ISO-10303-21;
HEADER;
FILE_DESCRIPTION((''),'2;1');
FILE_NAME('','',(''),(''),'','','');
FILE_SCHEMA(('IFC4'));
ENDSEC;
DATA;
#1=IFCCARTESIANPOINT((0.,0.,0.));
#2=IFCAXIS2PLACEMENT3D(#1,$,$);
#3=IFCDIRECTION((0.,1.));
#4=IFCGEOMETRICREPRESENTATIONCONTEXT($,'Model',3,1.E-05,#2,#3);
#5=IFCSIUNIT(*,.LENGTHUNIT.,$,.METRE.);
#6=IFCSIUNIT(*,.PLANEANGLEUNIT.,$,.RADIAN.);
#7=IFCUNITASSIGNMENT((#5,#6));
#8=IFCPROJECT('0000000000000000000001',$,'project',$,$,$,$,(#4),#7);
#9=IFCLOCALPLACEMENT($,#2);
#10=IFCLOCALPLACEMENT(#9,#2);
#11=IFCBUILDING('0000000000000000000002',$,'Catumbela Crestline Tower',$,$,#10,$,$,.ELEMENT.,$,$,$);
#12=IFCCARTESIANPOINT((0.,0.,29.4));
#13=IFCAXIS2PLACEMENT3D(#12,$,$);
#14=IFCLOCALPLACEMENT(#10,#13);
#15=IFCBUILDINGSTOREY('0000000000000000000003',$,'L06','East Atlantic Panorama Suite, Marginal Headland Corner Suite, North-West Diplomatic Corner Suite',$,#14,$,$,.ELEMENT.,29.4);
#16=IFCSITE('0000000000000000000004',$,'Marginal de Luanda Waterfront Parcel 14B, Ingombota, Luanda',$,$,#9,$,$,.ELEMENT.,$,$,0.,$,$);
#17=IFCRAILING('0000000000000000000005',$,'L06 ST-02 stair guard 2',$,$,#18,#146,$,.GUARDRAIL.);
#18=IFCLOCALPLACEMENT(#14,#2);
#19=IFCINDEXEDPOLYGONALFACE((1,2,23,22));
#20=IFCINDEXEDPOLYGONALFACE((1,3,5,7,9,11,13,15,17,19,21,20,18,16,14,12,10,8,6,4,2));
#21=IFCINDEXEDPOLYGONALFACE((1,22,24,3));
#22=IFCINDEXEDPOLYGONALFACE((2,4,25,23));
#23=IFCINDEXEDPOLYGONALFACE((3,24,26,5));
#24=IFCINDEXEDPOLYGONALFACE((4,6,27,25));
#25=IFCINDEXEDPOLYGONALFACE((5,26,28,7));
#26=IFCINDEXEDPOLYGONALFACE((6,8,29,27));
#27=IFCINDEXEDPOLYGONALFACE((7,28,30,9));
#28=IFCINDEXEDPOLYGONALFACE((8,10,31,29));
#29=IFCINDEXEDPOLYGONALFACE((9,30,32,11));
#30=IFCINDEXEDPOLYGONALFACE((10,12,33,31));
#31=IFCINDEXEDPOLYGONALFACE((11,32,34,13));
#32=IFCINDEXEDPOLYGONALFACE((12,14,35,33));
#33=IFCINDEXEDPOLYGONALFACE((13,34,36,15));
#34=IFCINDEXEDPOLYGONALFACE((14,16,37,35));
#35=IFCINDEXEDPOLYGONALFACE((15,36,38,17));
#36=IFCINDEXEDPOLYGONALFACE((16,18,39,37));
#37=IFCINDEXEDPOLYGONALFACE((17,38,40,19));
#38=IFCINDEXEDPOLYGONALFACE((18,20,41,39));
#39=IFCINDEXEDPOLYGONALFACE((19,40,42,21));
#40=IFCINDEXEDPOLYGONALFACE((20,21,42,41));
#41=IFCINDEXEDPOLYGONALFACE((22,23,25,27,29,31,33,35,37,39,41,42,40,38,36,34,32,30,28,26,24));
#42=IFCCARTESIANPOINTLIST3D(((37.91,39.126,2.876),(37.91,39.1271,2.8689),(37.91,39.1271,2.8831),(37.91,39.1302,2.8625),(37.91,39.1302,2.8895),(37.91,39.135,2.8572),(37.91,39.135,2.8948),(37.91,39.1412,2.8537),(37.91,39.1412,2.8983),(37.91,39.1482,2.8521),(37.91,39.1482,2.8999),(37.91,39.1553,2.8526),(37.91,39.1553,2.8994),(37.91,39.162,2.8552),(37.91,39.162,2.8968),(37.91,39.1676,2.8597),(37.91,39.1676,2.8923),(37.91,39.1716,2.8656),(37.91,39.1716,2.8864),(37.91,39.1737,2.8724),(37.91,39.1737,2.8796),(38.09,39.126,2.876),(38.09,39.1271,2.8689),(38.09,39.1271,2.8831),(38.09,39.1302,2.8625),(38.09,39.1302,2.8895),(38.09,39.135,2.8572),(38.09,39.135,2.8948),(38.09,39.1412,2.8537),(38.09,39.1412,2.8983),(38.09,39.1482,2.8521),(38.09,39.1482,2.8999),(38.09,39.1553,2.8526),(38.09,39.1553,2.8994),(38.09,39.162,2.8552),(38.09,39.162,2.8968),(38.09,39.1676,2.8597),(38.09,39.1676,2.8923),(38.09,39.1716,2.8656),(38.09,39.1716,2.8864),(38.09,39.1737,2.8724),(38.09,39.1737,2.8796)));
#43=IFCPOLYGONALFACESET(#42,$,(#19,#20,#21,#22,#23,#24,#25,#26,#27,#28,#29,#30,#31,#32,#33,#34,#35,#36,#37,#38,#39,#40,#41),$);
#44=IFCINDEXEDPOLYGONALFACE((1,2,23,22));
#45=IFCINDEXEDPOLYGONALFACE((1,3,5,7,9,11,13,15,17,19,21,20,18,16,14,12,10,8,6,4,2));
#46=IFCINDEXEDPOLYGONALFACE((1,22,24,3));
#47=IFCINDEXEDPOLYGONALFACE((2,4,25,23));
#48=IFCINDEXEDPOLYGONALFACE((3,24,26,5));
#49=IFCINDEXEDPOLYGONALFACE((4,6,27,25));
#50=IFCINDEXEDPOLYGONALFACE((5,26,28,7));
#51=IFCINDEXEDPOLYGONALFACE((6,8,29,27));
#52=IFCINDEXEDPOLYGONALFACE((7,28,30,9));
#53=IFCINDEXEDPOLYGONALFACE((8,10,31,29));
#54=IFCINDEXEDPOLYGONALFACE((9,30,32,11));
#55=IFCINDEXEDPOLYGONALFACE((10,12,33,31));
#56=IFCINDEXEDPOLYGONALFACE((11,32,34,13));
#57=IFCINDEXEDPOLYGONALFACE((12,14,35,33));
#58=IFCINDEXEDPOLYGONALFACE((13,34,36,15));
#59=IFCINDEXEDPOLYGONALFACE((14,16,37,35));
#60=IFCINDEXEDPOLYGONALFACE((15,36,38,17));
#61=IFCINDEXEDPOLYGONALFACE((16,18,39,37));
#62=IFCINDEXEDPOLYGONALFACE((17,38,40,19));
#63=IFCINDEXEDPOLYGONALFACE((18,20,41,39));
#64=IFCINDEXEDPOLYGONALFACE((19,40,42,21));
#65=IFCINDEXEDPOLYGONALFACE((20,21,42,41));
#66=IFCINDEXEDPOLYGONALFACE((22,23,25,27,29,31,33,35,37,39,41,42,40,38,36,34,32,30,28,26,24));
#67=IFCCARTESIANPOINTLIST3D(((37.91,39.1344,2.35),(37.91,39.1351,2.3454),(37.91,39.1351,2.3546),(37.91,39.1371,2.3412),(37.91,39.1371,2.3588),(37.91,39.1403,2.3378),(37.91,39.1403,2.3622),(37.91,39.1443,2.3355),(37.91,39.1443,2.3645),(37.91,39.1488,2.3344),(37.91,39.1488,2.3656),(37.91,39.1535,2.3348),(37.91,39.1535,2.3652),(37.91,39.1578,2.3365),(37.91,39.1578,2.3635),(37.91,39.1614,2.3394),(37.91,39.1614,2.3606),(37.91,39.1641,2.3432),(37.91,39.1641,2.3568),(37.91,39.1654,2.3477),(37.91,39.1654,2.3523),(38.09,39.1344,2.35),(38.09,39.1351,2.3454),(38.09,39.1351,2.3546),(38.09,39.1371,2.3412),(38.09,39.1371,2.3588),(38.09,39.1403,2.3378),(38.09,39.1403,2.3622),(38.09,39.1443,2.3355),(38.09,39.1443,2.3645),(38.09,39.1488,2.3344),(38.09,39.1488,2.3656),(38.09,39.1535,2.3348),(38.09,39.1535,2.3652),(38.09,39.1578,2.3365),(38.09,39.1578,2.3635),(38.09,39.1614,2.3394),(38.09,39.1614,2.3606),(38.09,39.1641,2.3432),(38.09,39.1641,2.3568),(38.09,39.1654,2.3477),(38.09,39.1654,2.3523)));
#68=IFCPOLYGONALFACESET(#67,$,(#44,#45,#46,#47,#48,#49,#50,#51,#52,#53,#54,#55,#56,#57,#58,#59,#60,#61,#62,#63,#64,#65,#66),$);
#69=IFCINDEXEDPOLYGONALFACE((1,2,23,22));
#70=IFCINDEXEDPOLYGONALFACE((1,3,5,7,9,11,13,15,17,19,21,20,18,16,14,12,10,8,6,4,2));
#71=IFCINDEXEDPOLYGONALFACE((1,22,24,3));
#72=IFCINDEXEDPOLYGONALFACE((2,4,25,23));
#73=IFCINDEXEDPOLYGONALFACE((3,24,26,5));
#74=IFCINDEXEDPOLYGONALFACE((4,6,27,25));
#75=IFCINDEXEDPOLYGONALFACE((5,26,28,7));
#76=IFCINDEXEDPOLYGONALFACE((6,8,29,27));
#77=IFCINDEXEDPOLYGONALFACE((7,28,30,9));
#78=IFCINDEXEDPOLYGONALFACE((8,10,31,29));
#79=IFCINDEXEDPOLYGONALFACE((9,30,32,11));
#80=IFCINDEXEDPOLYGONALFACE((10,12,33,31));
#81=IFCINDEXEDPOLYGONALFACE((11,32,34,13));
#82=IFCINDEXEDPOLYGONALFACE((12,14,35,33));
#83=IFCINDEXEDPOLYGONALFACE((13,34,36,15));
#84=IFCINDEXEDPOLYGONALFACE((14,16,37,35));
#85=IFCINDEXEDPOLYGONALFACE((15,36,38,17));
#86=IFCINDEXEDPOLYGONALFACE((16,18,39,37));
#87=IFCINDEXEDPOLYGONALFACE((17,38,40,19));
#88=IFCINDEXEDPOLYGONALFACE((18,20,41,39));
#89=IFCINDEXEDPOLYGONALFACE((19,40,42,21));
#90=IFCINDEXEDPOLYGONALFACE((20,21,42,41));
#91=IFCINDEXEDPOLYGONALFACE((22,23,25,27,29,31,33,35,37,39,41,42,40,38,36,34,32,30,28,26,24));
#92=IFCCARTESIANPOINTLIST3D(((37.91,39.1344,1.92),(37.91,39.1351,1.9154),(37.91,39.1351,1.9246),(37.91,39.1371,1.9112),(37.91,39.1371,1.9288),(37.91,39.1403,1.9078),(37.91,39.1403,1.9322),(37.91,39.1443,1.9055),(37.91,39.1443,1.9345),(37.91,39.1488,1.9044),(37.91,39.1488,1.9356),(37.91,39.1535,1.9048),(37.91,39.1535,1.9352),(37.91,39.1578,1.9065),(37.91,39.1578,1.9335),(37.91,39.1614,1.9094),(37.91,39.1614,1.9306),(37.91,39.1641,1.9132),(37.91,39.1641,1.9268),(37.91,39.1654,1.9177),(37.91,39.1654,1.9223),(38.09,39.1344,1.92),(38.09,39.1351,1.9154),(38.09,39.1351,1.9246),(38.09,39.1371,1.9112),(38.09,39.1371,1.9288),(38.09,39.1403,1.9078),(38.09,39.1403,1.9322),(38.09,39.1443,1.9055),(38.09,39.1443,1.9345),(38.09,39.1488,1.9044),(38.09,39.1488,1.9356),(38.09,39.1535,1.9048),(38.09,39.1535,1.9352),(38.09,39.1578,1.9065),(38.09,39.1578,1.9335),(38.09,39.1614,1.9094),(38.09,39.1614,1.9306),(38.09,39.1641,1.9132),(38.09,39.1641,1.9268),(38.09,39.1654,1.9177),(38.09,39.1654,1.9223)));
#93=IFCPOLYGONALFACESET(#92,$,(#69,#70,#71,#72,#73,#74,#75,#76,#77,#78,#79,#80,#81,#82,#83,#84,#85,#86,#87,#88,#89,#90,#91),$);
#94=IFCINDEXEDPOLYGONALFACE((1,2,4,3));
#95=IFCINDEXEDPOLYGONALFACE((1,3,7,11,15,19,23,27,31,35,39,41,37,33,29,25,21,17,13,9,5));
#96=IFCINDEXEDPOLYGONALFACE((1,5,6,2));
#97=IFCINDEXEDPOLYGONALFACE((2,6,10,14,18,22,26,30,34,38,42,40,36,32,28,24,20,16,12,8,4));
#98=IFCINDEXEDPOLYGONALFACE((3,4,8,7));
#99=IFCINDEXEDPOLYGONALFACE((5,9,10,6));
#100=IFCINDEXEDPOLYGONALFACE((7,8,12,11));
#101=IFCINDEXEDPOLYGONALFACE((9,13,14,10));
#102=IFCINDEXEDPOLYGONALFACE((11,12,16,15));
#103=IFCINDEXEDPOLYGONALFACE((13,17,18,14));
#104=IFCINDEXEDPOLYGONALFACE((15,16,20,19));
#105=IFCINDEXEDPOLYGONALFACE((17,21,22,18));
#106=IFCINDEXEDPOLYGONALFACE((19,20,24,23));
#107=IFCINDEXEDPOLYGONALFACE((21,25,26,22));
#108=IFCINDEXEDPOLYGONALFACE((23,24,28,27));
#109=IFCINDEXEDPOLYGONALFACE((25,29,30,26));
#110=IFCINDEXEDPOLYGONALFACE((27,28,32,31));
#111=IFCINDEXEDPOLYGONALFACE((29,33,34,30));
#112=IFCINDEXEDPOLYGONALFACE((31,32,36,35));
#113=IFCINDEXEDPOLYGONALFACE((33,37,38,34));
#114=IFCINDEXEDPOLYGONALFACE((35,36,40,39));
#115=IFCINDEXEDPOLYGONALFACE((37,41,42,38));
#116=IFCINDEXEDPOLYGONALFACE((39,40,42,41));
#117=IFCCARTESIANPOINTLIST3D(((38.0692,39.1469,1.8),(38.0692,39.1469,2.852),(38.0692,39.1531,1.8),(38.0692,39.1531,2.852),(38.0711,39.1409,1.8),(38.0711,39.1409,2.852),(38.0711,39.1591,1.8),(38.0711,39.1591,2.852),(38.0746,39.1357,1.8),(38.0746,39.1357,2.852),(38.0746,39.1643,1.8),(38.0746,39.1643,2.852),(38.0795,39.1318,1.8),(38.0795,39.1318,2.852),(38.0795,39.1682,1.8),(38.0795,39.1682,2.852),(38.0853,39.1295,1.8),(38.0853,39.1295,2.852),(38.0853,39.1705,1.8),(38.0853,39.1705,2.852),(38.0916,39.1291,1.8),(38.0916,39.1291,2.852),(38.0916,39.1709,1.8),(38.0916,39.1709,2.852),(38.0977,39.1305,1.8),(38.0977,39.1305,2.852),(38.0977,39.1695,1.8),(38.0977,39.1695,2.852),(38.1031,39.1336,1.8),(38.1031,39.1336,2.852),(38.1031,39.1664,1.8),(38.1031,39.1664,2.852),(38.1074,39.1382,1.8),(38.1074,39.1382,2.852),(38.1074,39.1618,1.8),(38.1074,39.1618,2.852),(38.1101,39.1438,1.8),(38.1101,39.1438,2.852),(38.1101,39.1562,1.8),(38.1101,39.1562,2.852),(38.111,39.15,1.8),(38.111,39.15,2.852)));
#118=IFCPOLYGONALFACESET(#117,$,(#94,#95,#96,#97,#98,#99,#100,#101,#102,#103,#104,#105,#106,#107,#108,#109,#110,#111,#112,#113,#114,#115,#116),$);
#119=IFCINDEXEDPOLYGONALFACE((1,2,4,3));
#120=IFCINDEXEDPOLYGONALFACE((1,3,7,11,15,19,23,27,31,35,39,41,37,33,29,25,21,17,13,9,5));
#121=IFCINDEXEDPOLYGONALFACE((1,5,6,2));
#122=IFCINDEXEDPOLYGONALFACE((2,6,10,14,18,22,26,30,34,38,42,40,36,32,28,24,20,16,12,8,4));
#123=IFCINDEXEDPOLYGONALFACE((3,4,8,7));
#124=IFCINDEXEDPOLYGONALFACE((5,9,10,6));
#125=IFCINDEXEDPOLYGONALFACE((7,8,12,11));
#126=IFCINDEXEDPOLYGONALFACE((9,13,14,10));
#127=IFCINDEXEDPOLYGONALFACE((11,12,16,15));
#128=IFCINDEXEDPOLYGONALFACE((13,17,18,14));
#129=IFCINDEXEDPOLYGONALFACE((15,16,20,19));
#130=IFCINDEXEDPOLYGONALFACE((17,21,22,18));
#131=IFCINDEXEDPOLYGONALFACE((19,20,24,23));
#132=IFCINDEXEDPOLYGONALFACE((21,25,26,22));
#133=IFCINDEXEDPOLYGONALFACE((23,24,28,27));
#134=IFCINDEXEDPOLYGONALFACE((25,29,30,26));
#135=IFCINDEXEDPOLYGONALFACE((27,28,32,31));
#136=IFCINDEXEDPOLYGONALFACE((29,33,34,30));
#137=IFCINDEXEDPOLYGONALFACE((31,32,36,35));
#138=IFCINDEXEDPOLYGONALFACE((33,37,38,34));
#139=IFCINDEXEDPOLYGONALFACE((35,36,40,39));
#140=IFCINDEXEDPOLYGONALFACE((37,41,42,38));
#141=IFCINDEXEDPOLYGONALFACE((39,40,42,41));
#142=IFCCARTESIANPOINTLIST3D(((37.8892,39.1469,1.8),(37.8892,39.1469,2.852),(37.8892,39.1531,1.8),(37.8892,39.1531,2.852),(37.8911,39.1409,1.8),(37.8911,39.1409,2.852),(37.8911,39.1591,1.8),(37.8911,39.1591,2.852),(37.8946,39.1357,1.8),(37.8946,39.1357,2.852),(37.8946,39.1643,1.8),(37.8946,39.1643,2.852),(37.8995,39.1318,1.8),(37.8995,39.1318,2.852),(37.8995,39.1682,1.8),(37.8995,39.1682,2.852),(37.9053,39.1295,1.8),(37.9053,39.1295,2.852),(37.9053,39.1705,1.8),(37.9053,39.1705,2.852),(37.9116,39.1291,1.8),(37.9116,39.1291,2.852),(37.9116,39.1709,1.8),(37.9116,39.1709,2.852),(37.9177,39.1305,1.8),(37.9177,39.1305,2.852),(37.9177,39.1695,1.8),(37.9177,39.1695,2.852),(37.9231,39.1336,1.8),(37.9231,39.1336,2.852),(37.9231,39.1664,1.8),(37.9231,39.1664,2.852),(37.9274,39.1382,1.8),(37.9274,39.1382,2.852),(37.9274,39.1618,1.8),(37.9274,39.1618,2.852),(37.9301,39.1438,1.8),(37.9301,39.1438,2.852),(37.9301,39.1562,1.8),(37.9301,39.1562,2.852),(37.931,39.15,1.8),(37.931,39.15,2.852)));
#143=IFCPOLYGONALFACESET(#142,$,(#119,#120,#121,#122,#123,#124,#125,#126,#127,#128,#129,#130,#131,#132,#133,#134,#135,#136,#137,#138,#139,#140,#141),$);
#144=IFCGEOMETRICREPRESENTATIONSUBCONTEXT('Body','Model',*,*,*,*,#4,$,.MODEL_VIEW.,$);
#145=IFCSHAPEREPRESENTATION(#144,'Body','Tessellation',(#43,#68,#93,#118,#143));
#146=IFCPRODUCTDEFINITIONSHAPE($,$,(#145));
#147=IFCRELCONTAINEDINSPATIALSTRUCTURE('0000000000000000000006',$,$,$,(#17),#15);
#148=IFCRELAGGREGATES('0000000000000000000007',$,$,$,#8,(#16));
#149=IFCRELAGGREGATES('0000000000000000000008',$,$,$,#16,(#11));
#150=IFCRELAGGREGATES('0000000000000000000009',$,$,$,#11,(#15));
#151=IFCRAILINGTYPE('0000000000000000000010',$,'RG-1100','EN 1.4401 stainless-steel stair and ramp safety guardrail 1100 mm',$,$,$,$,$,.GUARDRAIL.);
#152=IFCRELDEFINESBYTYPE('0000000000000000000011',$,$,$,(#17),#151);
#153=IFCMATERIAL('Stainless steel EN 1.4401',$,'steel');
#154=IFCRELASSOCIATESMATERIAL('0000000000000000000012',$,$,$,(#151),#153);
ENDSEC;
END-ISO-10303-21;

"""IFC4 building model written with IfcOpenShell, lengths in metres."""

from ifc_helpers import new_model, si_unit, direction, frame, origin, origin_2d, place, context, subcontext, project, spatial, circle, extrude, material, type_object, element, save


model = new_model("IFC4")

# Units and contexts
model_context = context("Model", 3, precision=1e-05, world=origin(), true_north=direction((0.0, 1.0)))
body_context = subcontext(model_context, "Body", "Model", "MODEL_VIEW")
ifc_project = project(units=[si_unit("LENGTHUNIT", "METRE"), si_unit("PLANEANGLEUNIT", "RADIAN")], contexts=[model_context])

# Site, building, storey
site_placement = place(None, origin())
site = spatial("IfcSite", under=ifc_project, at=site_placement, Name="Marginal de Luanda Waterfront Parcel 14B, Ingombota, Luanda", CompositionType="ELEMENT", RefElevation=0.0)
building_placement = place(site_placement, origin())
building = spatial("IfcBuilding", under=site, at=building_placement, Name="Catumbela Crestline Tower", CompositionType="ELEMENT")
storey_placement = place(building_placement, frame((0.0, 0.0, 29.4)))
storey = spatial("IfcBuildingStorey", under=building, at=storey_placement, Name="L06", Description="East Atlantic Panorama Suite, Marginal Headland Corner Suite, North-West Diplomatic Corner Suite", CompositionType="ELEMENT", Elevation=29.4)

# Shared definitions
ifc_material_1 = material(Name="Stainless steel EN 1.4401", Category="steel")

# Railing
railing_type_1 = type_object("IfcRailingType", Name="RG-1100", Description="EN 1.4401 stainless-steel stair and ramp safety guardrail 1100 mm", PredefinedType="GUARDRAIL", material=ifc_material_1)
railing_1_placement = place(storey_placement, frame((38.09, 39.15, 1.8)))
element("IfcRailing", 1, at=railing_1_placement, inside=storey, type_object=railing_type_1, Name="L06 ST-02 stair guard 2", PredefinedType="GUARDRAIL", context=body_context, shape_type="SweptSolid", body=[
    extrude(circle(Radius=0.024, at=origin_2d()), frame((0.0, 0.0, 1.076), z_axis=(-1.0, 0.0, 0.0), x_axis=(0.0, -1.0, 0.0)), (0.0, 0.0, 1.0), 0.18),
    extrude(circle(Radius=0.0156, at=origin_2d()), frame((0.0, 0.0, 0.55), z_axis=(-1.0, 0.0, 0.0), x_axis=(0.0, -1.0, 0.0)), (0.0, 0.0, 1.0), 0.18),
    extrude(circle(Radius=0.0156, at=origin_2d()), frame((0.0, 0.0, 0.12), z_axis=(-1.0, 0.0, 0.0), x_axis=(0.0, -1.0, 0.0)), (0.0, 0.0, 1.0), 0.18),
    extrude(circle(Radius=0.021, at=origin_2d()), origin(), (0.0, 0.0, 1.0), 1.052),
    extrude(circle(Radius=0.021, at=origin_2d()), frame((-0.18, 0.0, 0.0)), (0.0, 0.0, 1.0), 1.052),
])

save(model, "model.ifc")
